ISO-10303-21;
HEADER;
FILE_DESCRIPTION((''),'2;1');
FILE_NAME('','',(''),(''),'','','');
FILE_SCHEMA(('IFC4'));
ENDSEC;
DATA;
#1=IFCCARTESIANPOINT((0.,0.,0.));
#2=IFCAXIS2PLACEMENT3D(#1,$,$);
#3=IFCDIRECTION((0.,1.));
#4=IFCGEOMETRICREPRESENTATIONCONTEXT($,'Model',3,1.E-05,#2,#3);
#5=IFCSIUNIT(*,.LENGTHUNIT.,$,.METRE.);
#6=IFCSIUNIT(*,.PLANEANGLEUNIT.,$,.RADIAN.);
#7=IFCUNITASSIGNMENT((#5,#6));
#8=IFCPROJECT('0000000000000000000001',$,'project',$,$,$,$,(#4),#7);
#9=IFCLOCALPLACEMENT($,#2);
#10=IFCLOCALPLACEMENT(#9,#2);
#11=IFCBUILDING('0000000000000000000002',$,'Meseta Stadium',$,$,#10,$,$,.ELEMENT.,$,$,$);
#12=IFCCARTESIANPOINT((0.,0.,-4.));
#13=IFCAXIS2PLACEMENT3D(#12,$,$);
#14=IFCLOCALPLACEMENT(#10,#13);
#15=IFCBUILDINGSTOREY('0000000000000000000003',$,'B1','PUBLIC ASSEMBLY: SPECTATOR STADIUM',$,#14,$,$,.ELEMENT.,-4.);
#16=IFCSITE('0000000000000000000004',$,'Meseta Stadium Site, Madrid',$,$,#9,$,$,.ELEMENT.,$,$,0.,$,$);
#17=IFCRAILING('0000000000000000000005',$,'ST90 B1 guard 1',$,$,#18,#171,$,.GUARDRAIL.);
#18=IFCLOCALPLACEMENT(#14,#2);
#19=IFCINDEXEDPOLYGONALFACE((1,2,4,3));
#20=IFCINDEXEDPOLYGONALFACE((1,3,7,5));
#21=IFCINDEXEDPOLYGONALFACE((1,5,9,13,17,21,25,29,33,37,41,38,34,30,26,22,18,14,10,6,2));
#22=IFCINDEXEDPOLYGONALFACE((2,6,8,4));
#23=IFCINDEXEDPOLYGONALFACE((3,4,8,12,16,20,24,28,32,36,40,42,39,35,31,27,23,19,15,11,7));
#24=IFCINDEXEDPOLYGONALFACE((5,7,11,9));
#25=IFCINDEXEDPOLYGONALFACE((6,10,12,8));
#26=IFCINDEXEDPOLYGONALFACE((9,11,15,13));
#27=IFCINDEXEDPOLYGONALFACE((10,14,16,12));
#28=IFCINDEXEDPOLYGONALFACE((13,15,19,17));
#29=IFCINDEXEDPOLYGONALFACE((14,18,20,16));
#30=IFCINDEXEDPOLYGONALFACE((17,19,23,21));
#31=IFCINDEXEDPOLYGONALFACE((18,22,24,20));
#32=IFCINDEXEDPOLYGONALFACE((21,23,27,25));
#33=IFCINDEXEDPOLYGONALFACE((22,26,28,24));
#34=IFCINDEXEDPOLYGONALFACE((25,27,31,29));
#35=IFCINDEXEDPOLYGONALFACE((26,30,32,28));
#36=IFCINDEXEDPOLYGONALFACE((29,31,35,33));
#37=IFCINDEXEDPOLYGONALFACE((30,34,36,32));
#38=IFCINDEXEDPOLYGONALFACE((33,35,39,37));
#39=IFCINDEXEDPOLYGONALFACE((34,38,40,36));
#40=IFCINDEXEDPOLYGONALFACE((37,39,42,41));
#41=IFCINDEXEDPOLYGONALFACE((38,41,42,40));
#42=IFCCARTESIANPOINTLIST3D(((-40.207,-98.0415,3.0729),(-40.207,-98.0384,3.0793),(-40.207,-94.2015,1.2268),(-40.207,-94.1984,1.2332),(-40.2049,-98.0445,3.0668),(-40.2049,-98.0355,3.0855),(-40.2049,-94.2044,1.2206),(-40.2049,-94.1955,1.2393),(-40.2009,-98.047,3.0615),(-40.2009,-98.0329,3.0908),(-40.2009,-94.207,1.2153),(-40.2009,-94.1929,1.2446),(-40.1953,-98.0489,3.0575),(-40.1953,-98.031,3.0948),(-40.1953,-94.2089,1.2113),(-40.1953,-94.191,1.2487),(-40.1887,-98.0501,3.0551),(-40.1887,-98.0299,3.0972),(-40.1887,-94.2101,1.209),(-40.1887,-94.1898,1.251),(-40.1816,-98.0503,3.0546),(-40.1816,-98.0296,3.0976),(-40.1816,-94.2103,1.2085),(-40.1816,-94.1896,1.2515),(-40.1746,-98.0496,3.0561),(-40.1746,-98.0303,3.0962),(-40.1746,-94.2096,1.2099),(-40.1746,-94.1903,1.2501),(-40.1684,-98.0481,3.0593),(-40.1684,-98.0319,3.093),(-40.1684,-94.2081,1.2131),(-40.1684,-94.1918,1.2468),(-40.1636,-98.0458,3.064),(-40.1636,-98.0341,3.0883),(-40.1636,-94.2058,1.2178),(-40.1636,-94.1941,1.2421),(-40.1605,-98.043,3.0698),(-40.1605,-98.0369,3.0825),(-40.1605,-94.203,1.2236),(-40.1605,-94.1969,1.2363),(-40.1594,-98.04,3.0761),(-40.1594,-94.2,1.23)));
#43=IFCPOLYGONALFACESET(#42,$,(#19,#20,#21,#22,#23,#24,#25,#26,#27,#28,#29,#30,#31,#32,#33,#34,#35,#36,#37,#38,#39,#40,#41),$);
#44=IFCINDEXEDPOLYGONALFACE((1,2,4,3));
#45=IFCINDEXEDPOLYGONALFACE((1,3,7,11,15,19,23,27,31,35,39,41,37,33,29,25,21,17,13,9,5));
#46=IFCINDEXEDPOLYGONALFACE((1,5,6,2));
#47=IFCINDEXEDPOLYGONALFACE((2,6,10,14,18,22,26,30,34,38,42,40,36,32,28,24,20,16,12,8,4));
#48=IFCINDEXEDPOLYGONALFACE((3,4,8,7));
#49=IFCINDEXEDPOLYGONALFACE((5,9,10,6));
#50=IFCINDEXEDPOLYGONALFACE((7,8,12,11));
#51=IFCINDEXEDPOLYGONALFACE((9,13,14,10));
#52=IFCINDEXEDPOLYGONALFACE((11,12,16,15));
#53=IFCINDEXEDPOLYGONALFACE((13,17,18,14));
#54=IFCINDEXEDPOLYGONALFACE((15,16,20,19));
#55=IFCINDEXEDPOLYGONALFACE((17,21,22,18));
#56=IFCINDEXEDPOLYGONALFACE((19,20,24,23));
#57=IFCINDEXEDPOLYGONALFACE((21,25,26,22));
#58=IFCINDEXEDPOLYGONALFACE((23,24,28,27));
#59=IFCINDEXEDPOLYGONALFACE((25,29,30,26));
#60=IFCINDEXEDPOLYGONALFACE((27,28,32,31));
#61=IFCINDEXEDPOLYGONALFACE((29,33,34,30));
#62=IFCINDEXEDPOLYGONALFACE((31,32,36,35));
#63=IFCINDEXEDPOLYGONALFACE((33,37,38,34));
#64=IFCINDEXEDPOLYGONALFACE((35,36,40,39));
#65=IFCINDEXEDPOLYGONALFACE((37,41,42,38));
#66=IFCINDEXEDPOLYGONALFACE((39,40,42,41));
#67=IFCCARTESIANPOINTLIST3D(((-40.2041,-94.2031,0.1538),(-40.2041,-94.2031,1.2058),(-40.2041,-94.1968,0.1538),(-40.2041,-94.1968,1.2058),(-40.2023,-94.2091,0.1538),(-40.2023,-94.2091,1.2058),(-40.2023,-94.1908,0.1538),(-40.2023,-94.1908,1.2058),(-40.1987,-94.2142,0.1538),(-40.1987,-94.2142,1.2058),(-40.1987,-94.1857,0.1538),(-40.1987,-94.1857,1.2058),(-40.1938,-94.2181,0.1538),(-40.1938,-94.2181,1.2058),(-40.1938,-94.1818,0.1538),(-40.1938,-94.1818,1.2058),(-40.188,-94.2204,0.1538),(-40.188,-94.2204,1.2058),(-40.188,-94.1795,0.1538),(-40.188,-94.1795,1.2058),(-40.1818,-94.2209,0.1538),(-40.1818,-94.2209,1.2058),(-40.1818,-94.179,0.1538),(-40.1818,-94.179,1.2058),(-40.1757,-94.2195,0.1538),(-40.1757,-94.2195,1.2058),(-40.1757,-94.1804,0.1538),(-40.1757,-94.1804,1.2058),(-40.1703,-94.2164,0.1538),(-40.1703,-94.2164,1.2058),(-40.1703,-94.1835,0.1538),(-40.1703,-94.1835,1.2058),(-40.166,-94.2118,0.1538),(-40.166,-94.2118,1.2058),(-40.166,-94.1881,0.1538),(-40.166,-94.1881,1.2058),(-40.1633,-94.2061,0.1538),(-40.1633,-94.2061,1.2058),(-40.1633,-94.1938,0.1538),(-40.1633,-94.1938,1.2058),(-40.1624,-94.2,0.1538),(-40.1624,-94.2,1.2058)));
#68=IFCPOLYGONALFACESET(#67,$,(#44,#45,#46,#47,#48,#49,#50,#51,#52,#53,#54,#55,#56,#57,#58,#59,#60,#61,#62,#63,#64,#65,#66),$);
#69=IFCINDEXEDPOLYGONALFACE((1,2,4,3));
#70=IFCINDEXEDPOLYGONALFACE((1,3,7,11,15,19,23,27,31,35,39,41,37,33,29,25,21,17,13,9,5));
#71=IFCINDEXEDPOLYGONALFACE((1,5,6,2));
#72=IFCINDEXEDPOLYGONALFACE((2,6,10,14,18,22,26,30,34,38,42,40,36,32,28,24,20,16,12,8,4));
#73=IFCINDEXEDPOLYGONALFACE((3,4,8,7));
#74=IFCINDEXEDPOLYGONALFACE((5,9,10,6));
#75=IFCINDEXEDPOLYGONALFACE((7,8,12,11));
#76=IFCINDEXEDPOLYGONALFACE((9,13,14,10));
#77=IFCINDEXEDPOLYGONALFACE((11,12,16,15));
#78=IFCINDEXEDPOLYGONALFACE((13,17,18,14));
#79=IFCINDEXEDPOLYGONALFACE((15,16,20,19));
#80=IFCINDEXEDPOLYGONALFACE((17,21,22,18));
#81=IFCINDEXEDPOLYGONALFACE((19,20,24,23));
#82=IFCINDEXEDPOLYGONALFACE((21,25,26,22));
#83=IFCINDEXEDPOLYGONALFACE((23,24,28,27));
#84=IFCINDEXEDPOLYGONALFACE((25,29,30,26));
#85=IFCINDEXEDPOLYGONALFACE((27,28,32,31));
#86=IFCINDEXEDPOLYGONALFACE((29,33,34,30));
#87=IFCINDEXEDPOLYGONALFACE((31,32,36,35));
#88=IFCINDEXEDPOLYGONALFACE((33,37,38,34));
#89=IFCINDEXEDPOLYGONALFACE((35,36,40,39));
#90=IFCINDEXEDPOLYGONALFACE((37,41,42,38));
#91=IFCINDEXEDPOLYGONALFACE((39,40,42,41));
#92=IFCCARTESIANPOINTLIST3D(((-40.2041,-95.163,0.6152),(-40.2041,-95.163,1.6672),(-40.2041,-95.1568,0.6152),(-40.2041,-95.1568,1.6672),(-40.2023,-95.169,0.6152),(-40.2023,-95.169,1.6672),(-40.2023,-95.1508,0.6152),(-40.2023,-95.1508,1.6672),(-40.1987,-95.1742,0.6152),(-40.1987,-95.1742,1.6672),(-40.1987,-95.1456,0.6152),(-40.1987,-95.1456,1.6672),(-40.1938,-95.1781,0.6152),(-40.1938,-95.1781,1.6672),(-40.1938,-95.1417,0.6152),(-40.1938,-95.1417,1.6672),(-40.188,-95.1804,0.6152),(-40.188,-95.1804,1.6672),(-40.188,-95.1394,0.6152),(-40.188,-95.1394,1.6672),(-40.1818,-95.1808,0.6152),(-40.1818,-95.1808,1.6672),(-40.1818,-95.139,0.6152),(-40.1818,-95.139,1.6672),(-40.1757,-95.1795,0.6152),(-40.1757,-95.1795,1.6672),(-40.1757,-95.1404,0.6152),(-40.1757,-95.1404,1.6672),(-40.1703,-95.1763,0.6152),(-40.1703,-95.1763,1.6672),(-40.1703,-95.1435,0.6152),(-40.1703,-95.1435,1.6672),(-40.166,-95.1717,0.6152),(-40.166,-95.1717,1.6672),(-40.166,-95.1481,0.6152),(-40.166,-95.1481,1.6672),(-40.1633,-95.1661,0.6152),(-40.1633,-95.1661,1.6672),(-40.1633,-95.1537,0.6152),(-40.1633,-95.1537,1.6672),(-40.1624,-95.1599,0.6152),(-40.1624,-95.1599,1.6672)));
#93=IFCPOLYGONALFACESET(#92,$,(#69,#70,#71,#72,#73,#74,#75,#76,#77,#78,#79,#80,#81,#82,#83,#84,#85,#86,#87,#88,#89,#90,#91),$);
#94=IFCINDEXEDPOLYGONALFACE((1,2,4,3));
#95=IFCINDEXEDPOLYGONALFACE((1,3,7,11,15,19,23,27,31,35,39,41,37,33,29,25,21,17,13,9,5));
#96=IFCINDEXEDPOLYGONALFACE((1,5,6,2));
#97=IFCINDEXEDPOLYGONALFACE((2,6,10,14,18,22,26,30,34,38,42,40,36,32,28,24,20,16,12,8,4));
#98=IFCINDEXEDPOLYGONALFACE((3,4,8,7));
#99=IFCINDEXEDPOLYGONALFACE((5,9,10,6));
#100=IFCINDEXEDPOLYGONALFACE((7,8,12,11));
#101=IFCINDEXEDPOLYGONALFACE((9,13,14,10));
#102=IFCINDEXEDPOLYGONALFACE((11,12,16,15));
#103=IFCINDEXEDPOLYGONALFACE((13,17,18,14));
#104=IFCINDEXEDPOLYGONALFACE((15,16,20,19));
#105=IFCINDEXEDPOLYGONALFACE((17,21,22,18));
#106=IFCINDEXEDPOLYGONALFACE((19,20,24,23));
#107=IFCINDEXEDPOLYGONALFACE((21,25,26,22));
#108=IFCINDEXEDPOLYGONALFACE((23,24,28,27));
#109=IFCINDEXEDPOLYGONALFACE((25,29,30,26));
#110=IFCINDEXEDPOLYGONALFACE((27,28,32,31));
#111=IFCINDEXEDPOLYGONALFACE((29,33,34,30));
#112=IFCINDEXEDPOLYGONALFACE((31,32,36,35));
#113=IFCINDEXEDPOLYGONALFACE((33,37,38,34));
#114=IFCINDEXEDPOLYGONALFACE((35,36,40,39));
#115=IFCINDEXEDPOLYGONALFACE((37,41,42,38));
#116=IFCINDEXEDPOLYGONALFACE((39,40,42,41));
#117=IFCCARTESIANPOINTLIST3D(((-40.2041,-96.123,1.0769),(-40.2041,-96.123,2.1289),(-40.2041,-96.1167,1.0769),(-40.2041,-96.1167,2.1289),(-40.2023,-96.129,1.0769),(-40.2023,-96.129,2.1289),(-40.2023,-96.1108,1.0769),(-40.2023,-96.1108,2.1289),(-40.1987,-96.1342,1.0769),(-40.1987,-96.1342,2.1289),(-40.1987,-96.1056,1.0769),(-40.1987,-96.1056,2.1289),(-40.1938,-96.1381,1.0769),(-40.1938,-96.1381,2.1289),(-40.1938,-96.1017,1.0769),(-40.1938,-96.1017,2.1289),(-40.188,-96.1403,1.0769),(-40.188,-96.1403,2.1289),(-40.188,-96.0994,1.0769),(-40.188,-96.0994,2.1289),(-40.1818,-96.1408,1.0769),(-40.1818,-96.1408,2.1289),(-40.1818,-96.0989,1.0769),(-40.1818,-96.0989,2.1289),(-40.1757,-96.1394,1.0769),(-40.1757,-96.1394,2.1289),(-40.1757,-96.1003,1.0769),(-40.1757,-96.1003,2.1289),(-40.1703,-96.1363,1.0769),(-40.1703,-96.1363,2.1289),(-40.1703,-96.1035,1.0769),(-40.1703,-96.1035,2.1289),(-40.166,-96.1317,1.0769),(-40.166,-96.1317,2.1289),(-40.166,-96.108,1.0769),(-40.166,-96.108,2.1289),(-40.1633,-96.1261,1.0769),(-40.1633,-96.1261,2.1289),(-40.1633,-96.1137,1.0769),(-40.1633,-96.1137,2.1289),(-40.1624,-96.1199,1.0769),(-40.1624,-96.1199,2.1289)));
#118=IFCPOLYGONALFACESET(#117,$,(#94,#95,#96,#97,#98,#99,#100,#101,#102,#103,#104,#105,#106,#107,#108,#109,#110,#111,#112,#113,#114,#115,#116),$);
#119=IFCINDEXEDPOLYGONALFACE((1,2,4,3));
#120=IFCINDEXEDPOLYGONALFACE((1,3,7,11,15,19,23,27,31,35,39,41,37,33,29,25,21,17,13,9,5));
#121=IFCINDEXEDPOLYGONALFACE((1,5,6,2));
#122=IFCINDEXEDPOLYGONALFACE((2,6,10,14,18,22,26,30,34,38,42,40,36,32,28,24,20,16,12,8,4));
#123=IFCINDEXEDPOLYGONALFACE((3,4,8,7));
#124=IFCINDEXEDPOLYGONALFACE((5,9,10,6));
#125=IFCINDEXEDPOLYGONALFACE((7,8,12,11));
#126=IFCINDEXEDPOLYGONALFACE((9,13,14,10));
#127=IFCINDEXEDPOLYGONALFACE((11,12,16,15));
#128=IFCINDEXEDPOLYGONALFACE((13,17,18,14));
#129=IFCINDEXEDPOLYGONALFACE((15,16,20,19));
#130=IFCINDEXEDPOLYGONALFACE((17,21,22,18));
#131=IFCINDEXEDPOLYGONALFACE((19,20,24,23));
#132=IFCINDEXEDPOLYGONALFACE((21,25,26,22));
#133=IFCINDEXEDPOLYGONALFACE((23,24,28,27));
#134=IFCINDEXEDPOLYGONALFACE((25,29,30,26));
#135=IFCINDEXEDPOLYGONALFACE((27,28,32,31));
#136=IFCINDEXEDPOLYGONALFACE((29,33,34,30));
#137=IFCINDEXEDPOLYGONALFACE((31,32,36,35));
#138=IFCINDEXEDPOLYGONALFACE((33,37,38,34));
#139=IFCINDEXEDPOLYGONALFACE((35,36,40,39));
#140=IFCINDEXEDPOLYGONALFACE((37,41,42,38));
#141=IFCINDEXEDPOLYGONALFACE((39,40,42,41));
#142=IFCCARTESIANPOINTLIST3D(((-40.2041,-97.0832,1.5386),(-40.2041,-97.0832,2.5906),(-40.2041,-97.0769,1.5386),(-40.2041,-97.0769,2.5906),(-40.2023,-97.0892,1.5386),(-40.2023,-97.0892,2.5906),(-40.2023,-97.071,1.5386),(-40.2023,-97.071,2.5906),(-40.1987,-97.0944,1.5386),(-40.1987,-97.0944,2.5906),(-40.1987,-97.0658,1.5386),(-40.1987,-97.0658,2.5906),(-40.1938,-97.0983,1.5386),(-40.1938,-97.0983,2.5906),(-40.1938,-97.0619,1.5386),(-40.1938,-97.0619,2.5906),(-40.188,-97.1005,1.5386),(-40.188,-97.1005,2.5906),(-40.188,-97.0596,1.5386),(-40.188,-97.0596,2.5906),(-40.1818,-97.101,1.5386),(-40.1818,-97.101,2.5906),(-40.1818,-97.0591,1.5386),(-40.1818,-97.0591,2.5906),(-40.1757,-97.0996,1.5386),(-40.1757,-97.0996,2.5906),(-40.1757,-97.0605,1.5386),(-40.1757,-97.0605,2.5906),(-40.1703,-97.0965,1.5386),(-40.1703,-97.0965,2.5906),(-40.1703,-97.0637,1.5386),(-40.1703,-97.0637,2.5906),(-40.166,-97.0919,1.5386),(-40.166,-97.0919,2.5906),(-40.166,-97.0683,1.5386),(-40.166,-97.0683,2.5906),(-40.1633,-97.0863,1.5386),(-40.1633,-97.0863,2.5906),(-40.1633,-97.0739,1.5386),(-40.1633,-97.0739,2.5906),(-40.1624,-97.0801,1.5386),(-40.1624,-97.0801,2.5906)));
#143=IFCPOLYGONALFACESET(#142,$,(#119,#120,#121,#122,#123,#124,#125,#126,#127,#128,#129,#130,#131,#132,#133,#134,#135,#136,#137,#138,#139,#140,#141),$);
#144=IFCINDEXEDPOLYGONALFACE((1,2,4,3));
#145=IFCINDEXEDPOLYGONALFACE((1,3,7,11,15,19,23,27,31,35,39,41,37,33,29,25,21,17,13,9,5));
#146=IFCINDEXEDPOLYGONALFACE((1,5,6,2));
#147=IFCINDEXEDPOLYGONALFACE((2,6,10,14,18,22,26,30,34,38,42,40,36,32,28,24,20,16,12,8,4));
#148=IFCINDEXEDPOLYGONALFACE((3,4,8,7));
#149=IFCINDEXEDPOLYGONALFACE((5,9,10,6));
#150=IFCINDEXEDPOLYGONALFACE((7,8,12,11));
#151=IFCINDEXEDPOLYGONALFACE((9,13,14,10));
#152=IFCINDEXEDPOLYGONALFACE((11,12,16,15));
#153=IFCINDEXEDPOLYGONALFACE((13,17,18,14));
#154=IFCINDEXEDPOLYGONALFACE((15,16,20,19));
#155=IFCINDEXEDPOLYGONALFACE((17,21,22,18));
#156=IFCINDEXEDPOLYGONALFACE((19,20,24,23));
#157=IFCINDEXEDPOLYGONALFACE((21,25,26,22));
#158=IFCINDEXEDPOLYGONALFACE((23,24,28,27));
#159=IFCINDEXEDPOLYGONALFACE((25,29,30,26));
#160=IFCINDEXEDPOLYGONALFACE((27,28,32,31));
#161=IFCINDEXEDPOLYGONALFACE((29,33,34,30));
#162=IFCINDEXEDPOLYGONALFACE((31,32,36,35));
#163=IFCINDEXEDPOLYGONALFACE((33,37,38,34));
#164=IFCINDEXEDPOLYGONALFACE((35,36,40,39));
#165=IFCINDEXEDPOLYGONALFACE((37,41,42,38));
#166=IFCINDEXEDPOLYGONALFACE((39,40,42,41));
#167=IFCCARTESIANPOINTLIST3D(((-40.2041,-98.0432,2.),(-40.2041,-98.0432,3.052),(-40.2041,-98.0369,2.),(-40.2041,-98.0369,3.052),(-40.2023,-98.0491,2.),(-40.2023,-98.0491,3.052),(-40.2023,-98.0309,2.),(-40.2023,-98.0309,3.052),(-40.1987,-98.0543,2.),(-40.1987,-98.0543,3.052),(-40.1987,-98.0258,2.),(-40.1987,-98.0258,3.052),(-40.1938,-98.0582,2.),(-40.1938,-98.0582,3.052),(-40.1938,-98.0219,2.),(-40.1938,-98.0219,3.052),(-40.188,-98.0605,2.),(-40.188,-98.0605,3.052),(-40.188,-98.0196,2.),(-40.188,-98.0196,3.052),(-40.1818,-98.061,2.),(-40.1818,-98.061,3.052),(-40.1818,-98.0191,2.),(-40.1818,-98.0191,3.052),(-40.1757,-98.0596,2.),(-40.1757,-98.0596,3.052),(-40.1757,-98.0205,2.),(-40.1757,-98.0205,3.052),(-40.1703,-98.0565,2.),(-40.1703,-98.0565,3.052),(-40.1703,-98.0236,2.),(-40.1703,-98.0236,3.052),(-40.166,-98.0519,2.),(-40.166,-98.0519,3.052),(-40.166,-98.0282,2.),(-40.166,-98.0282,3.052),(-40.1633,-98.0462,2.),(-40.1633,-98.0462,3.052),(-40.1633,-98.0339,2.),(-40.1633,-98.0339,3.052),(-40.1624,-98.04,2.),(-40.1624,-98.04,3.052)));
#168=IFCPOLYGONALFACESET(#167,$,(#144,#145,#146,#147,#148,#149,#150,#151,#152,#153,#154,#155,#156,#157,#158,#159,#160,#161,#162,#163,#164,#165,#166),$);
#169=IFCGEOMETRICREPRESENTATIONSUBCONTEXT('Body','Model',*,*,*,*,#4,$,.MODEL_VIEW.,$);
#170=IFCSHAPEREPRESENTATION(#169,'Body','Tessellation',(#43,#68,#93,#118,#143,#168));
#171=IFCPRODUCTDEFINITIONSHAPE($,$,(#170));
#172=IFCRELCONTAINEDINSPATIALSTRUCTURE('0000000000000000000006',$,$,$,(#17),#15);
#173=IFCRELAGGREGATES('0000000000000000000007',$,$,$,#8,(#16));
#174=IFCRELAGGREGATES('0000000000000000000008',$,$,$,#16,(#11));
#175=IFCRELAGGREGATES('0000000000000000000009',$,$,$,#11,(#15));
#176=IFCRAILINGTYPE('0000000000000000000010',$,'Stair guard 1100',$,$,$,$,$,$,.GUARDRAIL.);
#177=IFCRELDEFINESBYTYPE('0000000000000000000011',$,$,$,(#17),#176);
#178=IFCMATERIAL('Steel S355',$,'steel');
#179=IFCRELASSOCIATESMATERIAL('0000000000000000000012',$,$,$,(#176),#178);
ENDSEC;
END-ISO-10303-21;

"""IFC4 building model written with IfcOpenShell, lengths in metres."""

from ifc_helpers import new_model, si_unit, direction, frame, origin, origin_2d, place, context, subcontext, project, spatial, circle, extrude, material, type_object, element, save


model = new_model("IFC4")

# Units and contexts
model_context = context("Model", 3, precision=1e-05, world=origin(), true_north=direction((0.0, 1.0)))
body_context = subcontext(model_context, "Body", "Model", "MODEL_VIEW")
ifc_project = project(units=[si_unit("LENGTHUNIT", "METRE"), si_unit("PLANEANGLEUNIT", "RADIAN")], contexts=[model_context])

# Site, building, storey
site_placement = place(None, origin())
site = spatial("IfcSite", under=ifc_project, at=site_placement, Name="Meseta Stadium Site, Madrid", CompositionType="ELEMENT", RefElevation=0.0)
building_placement = place(site_placement, origin())
building = spatial("IfcBuilding", under=site, at=building_placement, Name="Meseta Stadium", CompositionType="ELEMENT")
storey_placement = place(building_placement, frame((0.0, 0.0, -4.0)))
storey = spatial("IfcBuildingStorey", under=building, at=storey_placement, Name="B1", Description="PUBLIC ASSEMBLY: SPECTATOR STADIUM", CompositionType="ELEMENT", Elevation=-4.0)

# Railing
ifc_material_1 = material(Name="Steel S355", Category="steel")
railing_type_1 = type_object("IfcRailingType", Name="Stair guard 1100", PredefinedType="GUARDRAIL", material=ifc_material_1)
railing_1_placement = place(storey_placement, frame((-40.1833, -94.2, 0.1538)))
element("IfcRailing", 1, at=railing_1_placement, inside=storey, type_object=railing_type_1, Name="ST90 B1 guard 1", PredefinedType="GUARDRAIL", context=body_context, shape_type="SweptSolid", body=[
    extrude(circle(Radius=0.0239, at=origin_2d()), frame((0.0, 0.0, 1.0762), z_axis=(0.0, -0.901253, 0.433294), x_axis=(1.0, 0.0, 0.0)), (0.0, 0.0, 1.0), 4.2607),
    extrude(circle(Radius=0.021, at=origin_2d()), origin(), (0.0, 0.0, 1.0), 1.052),
    extrude(circle(Radius=0.021, at=origin_2d()), frame((0.0, -0.96, 0.4614)), (0.0, 0.0, 1.0), 1.052),
    extrude(circle(Radius=0.021, at=origin_2d()), frame((0.0, -1.9199, 0.9231)), (0.0, 0.0, 1.0), 1.052),
    extrude(circle(Radius=0.021, at=origin_2d()), frame((0.0, -2.8801, 1.3848)), (0.0, 0.0, 1.0), 1.052),
    extrude(circle(Radius=0.021, at=origin_2d()), frame((0.0, -3.8401, 1.8462)), (0.0, 0.0, 1.0), 1.052),
])

save(model, "model.ifc")
